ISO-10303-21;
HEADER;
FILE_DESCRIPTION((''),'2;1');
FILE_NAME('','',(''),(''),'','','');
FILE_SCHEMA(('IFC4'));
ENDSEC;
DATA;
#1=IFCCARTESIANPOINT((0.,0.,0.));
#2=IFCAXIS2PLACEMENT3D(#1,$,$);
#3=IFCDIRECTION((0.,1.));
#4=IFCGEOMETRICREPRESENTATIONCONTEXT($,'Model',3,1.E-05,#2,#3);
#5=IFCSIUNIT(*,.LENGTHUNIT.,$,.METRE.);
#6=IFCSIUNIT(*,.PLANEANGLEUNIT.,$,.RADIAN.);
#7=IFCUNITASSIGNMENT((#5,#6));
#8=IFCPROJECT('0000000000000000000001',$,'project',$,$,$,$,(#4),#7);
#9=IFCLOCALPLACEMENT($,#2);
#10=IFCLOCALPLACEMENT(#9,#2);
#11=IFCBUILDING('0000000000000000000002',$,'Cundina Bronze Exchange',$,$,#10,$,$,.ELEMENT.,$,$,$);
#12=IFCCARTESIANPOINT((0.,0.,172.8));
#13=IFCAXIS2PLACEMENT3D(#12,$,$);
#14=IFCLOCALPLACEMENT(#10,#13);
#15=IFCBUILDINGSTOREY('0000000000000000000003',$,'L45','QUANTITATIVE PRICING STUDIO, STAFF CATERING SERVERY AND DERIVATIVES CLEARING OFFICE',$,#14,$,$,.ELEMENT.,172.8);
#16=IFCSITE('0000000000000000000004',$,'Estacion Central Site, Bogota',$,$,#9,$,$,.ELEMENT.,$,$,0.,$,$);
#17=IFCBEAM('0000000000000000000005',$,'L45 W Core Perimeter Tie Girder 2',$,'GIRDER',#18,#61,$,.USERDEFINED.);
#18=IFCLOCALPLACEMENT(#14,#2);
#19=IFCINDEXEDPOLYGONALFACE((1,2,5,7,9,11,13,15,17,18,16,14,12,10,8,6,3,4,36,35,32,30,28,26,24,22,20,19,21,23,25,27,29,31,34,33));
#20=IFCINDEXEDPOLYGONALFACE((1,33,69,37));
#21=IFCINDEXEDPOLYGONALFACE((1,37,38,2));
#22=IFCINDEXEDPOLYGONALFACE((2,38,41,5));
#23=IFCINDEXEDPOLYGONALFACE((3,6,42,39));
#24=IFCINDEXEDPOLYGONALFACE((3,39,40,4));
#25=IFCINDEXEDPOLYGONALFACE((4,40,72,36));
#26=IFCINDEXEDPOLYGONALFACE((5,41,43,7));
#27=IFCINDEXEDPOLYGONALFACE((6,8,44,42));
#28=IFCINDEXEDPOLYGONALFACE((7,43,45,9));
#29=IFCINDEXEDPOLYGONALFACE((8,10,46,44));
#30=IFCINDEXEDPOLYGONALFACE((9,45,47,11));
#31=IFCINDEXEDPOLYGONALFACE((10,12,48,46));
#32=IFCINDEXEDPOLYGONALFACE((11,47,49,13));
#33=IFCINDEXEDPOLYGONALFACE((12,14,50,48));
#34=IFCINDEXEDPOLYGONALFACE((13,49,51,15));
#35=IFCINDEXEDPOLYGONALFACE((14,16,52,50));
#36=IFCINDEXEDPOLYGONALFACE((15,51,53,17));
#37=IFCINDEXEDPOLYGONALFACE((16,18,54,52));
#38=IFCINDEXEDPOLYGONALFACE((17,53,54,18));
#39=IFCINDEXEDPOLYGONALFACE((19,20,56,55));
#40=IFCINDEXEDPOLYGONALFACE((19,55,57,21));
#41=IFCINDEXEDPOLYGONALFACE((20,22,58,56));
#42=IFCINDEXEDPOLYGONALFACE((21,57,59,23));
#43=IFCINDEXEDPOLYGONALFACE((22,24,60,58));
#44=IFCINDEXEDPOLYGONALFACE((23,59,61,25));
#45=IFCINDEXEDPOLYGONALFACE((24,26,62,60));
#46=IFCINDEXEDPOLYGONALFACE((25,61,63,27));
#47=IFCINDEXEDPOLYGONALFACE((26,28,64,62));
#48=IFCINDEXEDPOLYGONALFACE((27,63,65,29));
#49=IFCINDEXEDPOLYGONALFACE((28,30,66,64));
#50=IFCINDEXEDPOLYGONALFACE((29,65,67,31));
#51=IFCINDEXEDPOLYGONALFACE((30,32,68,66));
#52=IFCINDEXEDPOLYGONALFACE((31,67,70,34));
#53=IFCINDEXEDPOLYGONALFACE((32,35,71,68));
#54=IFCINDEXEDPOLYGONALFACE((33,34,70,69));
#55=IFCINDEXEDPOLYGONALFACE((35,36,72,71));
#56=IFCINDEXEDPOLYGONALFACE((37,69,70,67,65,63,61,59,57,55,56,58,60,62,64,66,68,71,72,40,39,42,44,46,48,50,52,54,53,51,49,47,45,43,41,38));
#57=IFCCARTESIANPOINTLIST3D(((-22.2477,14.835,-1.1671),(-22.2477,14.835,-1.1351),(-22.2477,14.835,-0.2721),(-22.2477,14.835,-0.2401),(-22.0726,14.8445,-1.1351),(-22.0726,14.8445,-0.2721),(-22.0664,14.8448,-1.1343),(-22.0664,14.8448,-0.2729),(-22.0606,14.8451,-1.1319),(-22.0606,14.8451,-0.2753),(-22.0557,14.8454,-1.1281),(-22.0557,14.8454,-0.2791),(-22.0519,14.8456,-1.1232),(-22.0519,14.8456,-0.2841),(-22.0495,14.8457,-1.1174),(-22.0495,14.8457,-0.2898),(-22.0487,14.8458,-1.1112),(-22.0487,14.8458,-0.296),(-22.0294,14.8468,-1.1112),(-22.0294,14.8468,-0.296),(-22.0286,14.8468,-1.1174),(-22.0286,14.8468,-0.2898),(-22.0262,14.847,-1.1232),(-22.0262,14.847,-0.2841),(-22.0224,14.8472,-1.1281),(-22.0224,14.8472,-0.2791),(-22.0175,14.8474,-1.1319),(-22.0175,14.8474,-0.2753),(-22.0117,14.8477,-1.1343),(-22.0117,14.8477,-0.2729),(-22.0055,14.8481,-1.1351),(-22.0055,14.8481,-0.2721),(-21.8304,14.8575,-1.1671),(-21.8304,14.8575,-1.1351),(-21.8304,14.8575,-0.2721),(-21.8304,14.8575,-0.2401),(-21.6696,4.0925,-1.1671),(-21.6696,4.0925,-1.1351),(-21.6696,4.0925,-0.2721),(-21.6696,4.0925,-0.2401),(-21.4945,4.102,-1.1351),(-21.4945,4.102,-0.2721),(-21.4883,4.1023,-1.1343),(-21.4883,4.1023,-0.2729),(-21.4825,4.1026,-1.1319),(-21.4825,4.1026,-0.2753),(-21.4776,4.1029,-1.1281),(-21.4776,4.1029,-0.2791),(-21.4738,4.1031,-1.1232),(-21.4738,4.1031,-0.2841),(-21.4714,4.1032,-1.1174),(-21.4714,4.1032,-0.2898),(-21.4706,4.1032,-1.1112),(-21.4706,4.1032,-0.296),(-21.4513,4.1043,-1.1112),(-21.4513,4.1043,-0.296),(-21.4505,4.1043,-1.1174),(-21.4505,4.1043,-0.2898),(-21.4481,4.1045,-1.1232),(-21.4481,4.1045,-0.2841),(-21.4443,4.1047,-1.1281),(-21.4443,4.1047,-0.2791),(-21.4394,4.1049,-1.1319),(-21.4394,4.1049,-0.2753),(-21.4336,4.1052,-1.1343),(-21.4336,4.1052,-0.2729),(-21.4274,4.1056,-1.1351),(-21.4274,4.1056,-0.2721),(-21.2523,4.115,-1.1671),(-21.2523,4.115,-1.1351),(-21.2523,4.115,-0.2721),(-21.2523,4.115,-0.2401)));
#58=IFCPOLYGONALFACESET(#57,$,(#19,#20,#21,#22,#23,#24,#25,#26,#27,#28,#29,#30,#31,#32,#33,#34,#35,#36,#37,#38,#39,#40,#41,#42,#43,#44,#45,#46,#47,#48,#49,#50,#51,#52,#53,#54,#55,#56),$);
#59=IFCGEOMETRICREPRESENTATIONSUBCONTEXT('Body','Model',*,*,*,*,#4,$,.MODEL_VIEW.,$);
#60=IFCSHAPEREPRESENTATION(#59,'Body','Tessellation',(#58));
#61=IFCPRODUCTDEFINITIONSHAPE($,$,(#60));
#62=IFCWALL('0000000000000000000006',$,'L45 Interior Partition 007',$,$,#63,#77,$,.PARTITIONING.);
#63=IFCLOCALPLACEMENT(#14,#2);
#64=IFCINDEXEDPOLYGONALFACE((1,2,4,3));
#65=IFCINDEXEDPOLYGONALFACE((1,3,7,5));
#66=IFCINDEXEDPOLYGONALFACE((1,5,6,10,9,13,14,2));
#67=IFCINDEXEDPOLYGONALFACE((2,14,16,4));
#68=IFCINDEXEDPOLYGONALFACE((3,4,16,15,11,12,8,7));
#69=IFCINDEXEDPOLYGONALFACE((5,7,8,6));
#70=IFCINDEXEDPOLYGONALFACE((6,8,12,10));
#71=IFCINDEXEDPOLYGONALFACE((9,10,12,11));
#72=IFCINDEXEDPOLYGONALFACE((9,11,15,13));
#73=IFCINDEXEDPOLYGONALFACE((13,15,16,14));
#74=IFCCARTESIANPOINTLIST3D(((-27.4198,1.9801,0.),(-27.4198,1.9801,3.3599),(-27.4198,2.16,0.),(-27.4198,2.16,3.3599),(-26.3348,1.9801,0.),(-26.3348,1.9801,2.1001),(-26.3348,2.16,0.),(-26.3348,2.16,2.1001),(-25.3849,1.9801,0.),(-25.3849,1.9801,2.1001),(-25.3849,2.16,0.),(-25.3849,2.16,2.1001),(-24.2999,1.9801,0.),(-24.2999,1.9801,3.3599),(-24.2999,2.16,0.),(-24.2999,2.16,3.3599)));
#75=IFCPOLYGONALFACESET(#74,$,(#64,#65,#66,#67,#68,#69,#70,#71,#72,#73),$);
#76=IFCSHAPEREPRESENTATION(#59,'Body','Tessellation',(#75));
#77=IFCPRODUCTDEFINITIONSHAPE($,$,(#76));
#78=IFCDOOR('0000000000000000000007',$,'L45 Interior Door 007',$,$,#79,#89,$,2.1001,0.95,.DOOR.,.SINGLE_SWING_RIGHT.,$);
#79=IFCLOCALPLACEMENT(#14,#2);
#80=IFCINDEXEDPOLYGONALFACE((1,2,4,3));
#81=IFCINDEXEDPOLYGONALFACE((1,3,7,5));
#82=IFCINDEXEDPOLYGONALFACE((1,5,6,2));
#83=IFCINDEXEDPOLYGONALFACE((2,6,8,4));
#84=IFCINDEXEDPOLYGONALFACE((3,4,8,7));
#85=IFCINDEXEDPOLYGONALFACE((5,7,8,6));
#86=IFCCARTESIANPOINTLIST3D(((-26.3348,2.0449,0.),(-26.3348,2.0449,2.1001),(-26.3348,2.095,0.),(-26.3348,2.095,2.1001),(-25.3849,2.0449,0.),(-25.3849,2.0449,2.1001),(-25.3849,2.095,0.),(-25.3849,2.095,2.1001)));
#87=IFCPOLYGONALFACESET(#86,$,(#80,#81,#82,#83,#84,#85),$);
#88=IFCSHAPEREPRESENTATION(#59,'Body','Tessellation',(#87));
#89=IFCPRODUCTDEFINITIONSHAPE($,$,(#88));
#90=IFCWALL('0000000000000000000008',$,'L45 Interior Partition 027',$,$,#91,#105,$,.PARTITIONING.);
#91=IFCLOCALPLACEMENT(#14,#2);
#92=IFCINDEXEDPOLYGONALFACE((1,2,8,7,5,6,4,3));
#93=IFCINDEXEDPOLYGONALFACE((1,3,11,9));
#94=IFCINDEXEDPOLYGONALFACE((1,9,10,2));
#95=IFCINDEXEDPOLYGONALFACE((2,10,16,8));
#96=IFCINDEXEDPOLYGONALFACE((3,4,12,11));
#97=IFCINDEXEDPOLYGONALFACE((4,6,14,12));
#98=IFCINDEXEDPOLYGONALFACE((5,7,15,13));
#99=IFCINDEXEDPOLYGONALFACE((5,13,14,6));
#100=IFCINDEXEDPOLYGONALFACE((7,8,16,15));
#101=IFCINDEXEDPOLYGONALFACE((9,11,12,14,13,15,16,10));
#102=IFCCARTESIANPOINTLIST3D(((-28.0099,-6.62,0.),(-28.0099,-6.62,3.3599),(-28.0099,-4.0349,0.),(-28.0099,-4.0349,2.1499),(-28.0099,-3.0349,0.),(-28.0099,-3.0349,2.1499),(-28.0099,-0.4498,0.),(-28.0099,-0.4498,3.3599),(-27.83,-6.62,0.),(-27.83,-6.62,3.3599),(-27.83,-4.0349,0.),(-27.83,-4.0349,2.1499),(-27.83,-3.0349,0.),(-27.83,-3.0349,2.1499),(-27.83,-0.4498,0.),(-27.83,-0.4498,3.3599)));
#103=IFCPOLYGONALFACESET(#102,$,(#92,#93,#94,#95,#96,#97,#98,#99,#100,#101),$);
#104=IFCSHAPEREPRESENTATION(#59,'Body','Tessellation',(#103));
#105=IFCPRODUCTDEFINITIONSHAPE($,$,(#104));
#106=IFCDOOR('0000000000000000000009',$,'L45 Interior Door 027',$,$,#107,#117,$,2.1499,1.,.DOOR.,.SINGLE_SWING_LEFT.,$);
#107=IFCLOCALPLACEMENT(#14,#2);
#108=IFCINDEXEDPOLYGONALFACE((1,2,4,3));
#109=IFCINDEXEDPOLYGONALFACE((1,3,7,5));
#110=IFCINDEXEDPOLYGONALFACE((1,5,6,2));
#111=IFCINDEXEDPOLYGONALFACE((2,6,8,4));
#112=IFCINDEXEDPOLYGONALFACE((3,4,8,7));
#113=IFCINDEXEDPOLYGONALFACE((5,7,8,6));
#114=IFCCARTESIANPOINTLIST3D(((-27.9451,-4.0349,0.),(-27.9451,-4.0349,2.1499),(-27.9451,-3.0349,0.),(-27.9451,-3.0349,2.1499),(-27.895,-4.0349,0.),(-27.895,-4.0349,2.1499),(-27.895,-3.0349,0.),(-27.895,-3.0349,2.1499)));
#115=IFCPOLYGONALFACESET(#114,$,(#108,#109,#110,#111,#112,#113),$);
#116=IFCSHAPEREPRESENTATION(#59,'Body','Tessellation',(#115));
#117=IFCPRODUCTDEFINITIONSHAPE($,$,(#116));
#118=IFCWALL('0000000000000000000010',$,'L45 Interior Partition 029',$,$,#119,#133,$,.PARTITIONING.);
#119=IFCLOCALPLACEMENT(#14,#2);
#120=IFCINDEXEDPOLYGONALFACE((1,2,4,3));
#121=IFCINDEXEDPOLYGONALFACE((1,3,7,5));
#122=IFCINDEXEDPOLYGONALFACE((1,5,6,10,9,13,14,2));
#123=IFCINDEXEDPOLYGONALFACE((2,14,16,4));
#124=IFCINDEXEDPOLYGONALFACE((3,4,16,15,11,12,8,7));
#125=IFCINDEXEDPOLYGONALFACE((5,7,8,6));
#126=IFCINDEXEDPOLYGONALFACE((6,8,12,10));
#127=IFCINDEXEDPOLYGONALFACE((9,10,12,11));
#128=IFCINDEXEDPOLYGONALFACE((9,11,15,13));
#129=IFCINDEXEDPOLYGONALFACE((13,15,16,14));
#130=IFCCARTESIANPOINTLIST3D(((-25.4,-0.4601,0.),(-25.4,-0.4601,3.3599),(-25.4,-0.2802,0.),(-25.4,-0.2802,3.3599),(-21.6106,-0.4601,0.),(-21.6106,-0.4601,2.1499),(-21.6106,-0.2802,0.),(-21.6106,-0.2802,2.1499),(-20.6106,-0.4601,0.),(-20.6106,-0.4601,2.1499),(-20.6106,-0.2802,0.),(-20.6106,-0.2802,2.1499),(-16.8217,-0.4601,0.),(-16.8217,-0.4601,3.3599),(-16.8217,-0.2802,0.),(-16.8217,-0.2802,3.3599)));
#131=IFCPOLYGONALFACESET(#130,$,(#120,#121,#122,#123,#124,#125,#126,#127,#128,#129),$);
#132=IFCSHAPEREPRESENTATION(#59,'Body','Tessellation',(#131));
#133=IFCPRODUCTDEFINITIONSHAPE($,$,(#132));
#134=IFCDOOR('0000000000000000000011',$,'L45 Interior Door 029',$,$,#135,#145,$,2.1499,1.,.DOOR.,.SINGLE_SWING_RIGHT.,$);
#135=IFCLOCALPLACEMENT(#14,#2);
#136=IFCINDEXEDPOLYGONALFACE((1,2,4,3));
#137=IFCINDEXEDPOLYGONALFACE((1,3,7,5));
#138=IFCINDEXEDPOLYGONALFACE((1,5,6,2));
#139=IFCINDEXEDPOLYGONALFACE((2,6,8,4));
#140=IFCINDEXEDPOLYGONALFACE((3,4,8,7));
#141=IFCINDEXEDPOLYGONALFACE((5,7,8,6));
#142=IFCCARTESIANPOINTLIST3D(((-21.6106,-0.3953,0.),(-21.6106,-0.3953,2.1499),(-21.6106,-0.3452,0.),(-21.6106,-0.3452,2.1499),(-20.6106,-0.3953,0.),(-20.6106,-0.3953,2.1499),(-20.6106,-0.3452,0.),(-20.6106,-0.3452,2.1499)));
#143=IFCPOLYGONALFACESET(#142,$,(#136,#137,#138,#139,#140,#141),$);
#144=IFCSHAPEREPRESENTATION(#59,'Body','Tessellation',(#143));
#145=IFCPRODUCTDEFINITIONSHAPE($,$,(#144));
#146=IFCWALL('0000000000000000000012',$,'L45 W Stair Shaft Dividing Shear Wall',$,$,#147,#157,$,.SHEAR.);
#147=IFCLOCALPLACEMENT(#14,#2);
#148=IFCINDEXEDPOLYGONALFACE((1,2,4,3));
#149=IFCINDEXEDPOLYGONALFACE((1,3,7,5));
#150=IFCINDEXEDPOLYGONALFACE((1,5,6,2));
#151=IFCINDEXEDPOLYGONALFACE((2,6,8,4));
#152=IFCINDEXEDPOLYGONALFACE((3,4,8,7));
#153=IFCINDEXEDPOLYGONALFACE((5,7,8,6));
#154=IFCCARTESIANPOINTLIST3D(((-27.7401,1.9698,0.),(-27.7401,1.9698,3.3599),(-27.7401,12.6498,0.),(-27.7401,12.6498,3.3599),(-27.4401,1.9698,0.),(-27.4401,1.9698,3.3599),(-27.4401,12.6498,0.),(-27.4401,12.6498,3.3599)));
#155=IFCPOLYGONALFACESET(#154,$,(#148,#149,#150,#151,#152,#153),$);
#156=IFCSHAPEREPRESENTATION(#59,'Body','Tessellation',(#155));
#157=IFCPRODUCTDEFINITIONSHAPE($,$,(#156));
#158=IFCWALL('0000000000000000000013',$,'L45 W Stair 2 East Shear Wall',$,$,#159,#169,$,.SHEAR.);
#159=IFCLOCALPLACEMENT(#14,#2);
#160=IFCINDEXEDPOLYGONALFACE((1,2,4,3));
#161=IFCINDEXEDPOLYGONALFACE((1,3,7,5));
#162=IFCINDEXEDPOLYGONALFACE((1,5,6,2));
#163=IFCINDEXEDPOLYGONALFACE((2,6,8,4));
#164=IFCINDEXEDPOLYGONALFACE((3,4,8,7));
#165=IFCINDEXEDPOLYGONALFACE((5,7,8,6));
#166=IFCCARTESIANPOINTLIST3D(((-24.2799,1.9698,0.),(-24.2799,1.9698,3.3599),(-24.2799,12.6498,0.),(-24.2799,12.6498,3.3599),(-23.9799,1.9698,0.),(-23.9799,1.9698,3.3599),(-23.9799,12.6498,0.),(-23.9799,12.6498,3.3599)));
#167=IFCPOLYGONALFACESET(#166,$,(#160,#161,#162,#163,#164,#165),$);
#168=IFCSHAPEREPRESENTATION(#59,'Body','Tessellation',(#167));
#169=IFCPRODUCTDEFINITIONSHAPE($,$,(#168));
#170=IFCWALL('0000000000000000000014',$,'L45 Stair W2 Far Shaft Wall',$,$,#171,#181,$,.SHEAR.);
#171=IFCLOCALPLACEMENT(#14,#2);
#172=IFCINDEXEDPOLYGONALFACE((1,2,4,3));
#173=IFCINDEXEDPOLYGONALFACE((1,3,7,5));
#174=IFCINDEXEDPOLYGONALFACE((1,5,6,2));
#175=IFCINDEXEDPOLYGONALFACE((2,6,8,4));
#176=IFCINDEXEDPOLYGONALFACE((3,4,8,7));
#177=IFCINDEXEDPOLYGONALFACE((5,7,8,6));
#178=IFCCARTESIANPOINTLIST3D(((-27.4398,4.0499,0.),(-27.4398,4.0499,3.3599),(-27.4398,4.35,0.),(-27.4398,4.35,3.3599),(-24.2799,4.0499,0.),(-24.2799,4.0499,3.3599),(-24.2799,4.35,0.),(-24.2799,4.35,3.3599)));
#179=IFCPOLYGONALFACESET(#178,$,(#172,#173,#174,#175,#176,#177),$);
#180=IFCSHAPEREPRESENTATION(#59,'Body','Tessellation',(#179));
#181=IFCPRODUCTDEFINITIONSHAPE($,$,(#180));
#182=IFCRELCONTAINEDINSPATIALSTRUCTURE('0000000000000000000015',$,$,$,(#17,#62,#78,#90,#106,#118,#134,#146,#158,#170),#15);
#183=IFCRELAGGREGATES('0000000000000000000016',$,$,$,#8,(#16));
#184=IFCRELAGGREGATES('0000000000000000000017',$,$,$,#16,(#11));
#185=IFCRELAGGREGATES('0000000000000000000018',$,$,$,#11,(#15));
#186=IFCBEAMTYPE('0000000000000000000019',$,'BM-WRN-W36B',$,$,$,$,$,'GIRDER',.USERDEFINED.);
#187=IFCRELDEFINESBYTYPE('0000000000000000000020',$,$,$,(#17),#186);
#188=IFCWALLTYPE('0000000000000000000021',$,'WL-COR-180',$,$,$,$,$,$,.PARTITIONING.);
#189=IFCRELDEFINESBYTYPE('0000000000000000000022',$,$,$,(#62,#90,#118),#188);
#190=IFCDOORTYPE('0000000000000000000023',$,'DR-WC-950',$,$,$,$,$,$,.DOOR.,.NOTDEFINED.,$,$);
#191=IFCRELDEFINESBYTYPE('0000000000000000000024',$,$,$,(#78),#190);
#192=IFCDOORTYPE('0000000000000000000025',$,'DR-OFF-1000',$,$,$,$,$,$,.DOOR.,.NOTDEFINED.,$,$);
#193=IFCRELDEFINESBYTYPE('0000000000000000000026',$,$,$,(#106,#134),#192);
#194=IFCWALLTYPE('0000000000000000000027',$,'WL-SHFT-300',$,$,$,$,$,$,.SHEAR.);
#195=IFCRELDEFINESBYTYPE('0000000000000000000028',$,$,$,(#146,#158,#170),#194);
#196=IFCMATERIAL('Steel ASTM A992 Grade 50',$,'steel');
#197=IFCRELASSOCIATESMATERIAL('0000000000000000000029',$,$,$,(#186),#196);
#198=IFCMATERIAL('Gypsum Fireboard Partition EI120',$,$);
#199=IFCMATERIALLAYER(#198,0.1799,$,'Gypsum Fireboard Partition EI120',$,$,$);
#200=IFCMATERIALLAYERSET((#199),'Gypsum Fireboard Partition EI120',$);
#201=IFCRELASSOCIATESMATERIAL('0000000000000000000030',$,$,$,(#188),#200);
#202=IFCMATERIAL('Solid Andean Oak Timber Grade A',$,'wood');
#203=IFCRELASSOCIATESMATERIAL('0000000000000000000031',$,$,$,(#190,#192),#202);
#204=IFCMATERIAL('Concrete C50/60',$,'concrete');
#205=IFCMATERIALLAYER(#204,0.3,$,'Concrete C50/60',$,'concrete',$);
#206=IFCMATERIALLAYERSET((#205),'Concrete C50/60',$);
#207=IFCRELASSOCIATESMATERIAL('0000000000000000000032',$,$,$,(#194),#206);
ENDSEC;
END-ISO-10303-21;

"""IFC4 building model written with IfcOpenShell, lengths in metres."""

from ifc_helpers import new_model, si_unit, direction, frame, frame_2d, origin, origin_2d, place, context, subcontext, project, spatial, rectangle, i_section, extrude, material, layer, layer_set, material_profile, profile_set, type_object, element, fill, save


model = new_model("IFC4")

# Units and contexts
model_context = context("Model", 3, precision=1e-05, world=origin(), true_north=direction((0.0, 1.0)))
body_context = subcontext(model_context, "Body", "Model", "MODEL_VIEW")
ifc_project = project(units=[si_unit("LENGTHUNIT", "METRE"), si_unit("PLANEANGLEUNIT", "RADIAN")], contexts=[model_context])

# Site, building, storey
site_placement = place(None, origin())
site = spatial("IfcSite", under=ifc_project, at=site_placement, Name="Estacion Central Site, Bogota", CompositionType="ELEMENT", RefElevation=0.0)
building_placement = place(site_placement, origin())
building = spatial("IfcBuilding", under=site, at=building_placement, Name="Cundina Bronze Exchange", CompositionType="ELEMENT")
storey_placement = place(building_placement, frame((0.0, 0.0, 172.8)))
storey = spatial("IfcBuildingStorey", under=building, at=storey_placement, Name="L45", Description="QUANTITATIVE PRICING STUDIO, STAFF CATERING SERVERY AND DERIVATIVES CLEARING OFFICE", CompositionType="ELEMENT", Elevation=172.8)

# Shared definitions
ifc_material_1 = material(Name="Steel ASTM A992 Grade 50", Category="steel")

# Beam
ifc_material_profile_1 = material_profile(ifc_material_1, i_section(OverallWidth=0.418, OverallDepth=0.927, WebThickness=0.0193, FlangeThickness=0.032, FilletRadius=0.0239, at=origin_2d()), Name="W36X231", Category="steel")
ifc_profile_set_1 = profile_set([ifc_material_profile_1], Name="Steel ASTM A992 Grade 50")
beam_type_1 = type_object("IfcBeamType", Name="BM-WRN-W36B", ElementType="GIRDER", PredefinedType="USERDEFINED", material=ifc_profile_set_1)
beam_1_placement = place(storey_placement, frame((-21.4609, 4.1038, -0.7036), z_axis=(-0.053739, 0.998555, 0.0), x_axis=(-0.998555, -0.053739, 0.0)))
element("IfcBeam", 1, at=beam_1_placement, inside=storey, type_object=beam_type_1, Name="L45 W Core Perimeter Tie Girder 2", ObjectType="GIRDER", PredefinedType="USERDEFINED", context=body_context, shape_type="SweptSolid", body=[
    extrude(i_section(OverallWidth=0.418, OverallDepth=0.927, WebThickness=0.0193, FlangeThickness=0.032, FilletRadius=0.0239, at=origin_2d()), origin(), (0.0, 0.0, 1.0), 10.7581),
])

# Walls, openings, doors
ifc_material_2 = material(Name="Gypsum Fireboard Partition EI120")
ifc_layer_1 = layer(ifc_material_2, 0.1799, Name="Gypsum Fireboard Partition EI120")
ifc_layer_set_1 = layer_set([ifc_layer_1], Name="Gypsum Fireboard Partition EI120")
wall_type_1 = type_object("IfcWallType", Name="WL-COR-180", PredefinedType="PARTITIONING", material=ifc_layer_set_1)
wall_1_placement = place(storey_placement, frame((-27.4199, 2.0701, 0.0), z_axis=(0.0, 0.0, 1.0), x_axis=(1.0, 0.0, 0.0)))
wall_1 = element("IfcWall", 2, at=wall_1_placement, inside=storey, type_object=wall_type_1, Name="L45 Interior Partition 007", PredefinedType="PARTITIONING", context=body_context, shape_type="SweptSolid", body=[
    extrude(rectangle(XDim=3.1199, YDim=0.1799, at=frame_2d((1.5601, 0.0))), origin(), (0.0, 0.0, 1.0), 3.3599),
])
opening_1_placement = place(wall_1_placement, frame((1.085, 0.0, 0.0)))
opening_1 = element("IfcOpeningElement", 3, at=opening_1_placement, cuts=wall_1, PredefinedType="OPENING", context=body_context, shape_type="SweptSolid", body=[
    extrude(rectangle(XDim=0.95, YDim=2.1001, at=frame_2d((0.4751, 1.05))), frame((0.0, 0.0999, 0.0), z_axis=(0.0, -1.0, 0.0), x_axis=(1.0, 0.0, 0.0)), (0.0, 0.0, 1.0), 0.2),
])
ifc_material_3 = material(Name="Solid Andean Oak Timber Grade A", Category="wood")
door_type_1 = type_object("IfcDoorType", Name="DR-WC-950", OperationType="NOTDEFINED", PredefinedType="DOOR", material=ifc_material_3)
door_1_placement = place(opening_1_placement, origin())
door_1 = element("IfcDoor", 4, at=door_1_placement, inside=storey, type_object=door_type_1, Name="L45 Interior Door 007", OperationType="SINGLE_SWING_RIGHT", OverallHeight=2.1001, OverallWidth=0.95, PredefinedType="DOOR", context=body_context, shape_type="SweptSolid", body=[
    extrude(rectangle(XDim=0.95, YDim=2.1001, at=frame_2d((0.4751, 1.05))), frame((0.0, 0.0249, 0.0), z_axis=(0.0, -1.0, 0.0), x_axis=(1.0, 0.0, 0.0)), (0.0, 0.0, 1.0), 0.05),
])
fill(opening_1, door_1)
wall_2_placement = place(storey_placement, frame((-27.9199, -0.45, 0.0), z_axis=(0.0, 0.0, 1.0), x_axis=(0.0, -1.0, 0.0)))
wall_2 = element("IfcWall", 5, at=wall_2_placement, inside=storey, type_object=wall_type_1, Name="L45 Interior Partition 027", PredefinedType="PARTITIONING", context=body_context, shape_type="SweptSolid", body=[
    extrude(rectangle(XDim=6.1702, YDim=0.1799, at=frame_2d((3.085, 0.0))), origin(), (0.0, 0.0, 1.0), 3.3599),
])
opening_2_placement = place(wall_2_placement, frame((2.585, 0.0, 0.0)))
opening_2 = element("IfcOpeningElement", 6, at=opening_2_placement, cuts=wall_2, PredefinedType="OPENING", context=body_context, shape_type="SweptSolid", body=[
    extrude(rectangle(XDim=1.0, YDim=2.1499, at=frame_2d((0.5, 1.075))), frame((0.0, 0.0999, 0.0), z_axis=(0.0, -1.0, 0.0), x_axis=(1.0, 0.0, 0.0)), (0.0, 0.0, 1.0), 0.2),
])
door_type_2 = type_object("IfcDoorType", Name="DR-OFF-1000", OperationType="NOTDEFINED", PredefinedType="DOOR", material=ifc_material_3)
door_2_placement = place(opening_2_placement, origin())
door_2 = element("IfcDoor", 7, at=door_2_placement, inside=storey, type_object=door_type_2, Name="L45 Interior Door 027", OperationType="SINGLE_SWING_LEFT", OverallHeight=2.1499, OverallWidth=1.0, PredefinedType="DOOR", context=body_context, shape_type="SweptSolid", body=[
    extrude(rectangle(XDim=1.0, YDim=2.1499, at=frame_2d((0.5, 1.075))), frame((0.0, 0.0249, 0.0), z_axis=(0.0, -1.0, 0.0), x_axis=(1.0, 0.0, 0.0)), (0.0, 0.0, 1.0), 0.05),
])
fill(opening_2, door_2)
wall_3_placement = place(storey_placement, frame((-25.3999, -0.3701, 0.0), z_axis=(0.0, 0.0, 1.0), x_axis=(1.0, 0.0, 0.0)))
wall_3 = element("IfcWall", 8, at=wall_3_placement, inside=storey, type_object=wall_type_1, Name="L45 Interior Partition 029", PredefinedType="PARTITIONING", context=body_context, shape_type="SweptSolid", body=[
    extrude(rectangle(XDim=8.5784, YDim=0.1799, at=frame_2d((4.2891, 0.0))), origin(), (0.0, 0.0, 1.0), 3.3599),
])
opening_3_placement = place(wall_3_placement, frame((3.7893, 0.0, 0.0)))
opening_3 = element("IfcOpeningElement", 9, at=opening_3_placement, cuts=wall_3, PredefinedType="OPENING", context=body_context, shape_type="SweptSolid", body=[
    extrude(rectangle(XDim=1.0, YDim=2.1499, at=frame_2d((0.5, 1.075))), frame((0.0, 0.0999, 0.0), z_axis=(0.0, -1.0, 0.0), x_axis=(1.0, 0.0, 0.0)), (0.0, 0.0, 1.0), 0.2),
])
door_3_placement = place(opening_3_placement, origin())
door_3 = element("IfcDoor", 10, at=door_3_placement, inside=storey, type_object=door_type_2, Name="L45 Interior Door 029", OperationType="SINGLE_SWING_RIGHT", OverallHeight=2.1499, OverallWidth=1.0, PredefinedType="DOOR", context=body_context, shape_type="SweptSolid", body=[
    extrude(rectangle(XDim=1.0, YDim=2.1499, at=frame_2d((0.5, 1.075))), frame((0.0, 0.0249, 0.0), z_axis=(0.0, -1.0, 0.0), x_axis=(1.0, 0.0, 0.0)), (0.0, 0.0, 1.0), 0.05),
])
fill(opening_3, door_3)

# Walls
ifc_material_4 = material(Name="Concrete C50/60", Category="concrete")
ifc_layer_2 = layer(ifc_material_4, 0.3, Name="Concrete C50/60", Category="concrete")
ifc_layer_set_2 = layer_set([ifc_layer_2], Name="Concrete C50/60")
wall_type_2 = type_object("IfcWallType", Name="WL-SHFT-300", PredefinedType="SHEAR", material=ifc_layer_set_2)
for number, where, z_axis, x_axis, name in (
    (11, (-27.5901, 1.97, 0.0), (0.0, 0.0, 1.0), (0.0, 1.0, 0.0), "L45 W Stair Shaft Dividing Shear Wall"),
    (12, (-24.1299, 1.97, 0.0), (0.0, 0.0, 1.0), (0.0, 1.0, 0.0), "L45 W Stair 2 East Shear Wall"),
):
    element("IfcWall", number, at=place(storey_placement, frame(where, z_axis=z_axis, x_axis=x_axis)), inside=storey, type_object=wall_type_2, Name=name, PredefinedType="SHEAR", context=body_context, shape_type="SweptSolid", body=[
        extrude(rectangle(XDim=10.6799, YDim=0.3, at=frame_2d((5.3398, 0.0))), origin(), (0.0, 0.0, 1.0), 3.3599),
    ])
wall_4_placement = place(storey_placement, frame((-27.4399, 4.2, 0.0), z_axis=(0.0, 0.0, 1.0), x_axis=(1.0, 0.0, 0.0)))
element("IfcWall", 13, at=wall_4_placement, inside=storey, type_object=wall_type_2, Name="L45 Stair W2 Far Shaft Wall", PredefinedType="SHEAR", context=body_context, shape_type="SweptSolid", body=[
    extrude(rectangle(XDim=3.1599, YDim=0.3, at=frame_2d((1.5801, 0.0))), origin(), (0.0, 0.0, 1.0), 3.3599),
])

save(model, "model.ifc")
